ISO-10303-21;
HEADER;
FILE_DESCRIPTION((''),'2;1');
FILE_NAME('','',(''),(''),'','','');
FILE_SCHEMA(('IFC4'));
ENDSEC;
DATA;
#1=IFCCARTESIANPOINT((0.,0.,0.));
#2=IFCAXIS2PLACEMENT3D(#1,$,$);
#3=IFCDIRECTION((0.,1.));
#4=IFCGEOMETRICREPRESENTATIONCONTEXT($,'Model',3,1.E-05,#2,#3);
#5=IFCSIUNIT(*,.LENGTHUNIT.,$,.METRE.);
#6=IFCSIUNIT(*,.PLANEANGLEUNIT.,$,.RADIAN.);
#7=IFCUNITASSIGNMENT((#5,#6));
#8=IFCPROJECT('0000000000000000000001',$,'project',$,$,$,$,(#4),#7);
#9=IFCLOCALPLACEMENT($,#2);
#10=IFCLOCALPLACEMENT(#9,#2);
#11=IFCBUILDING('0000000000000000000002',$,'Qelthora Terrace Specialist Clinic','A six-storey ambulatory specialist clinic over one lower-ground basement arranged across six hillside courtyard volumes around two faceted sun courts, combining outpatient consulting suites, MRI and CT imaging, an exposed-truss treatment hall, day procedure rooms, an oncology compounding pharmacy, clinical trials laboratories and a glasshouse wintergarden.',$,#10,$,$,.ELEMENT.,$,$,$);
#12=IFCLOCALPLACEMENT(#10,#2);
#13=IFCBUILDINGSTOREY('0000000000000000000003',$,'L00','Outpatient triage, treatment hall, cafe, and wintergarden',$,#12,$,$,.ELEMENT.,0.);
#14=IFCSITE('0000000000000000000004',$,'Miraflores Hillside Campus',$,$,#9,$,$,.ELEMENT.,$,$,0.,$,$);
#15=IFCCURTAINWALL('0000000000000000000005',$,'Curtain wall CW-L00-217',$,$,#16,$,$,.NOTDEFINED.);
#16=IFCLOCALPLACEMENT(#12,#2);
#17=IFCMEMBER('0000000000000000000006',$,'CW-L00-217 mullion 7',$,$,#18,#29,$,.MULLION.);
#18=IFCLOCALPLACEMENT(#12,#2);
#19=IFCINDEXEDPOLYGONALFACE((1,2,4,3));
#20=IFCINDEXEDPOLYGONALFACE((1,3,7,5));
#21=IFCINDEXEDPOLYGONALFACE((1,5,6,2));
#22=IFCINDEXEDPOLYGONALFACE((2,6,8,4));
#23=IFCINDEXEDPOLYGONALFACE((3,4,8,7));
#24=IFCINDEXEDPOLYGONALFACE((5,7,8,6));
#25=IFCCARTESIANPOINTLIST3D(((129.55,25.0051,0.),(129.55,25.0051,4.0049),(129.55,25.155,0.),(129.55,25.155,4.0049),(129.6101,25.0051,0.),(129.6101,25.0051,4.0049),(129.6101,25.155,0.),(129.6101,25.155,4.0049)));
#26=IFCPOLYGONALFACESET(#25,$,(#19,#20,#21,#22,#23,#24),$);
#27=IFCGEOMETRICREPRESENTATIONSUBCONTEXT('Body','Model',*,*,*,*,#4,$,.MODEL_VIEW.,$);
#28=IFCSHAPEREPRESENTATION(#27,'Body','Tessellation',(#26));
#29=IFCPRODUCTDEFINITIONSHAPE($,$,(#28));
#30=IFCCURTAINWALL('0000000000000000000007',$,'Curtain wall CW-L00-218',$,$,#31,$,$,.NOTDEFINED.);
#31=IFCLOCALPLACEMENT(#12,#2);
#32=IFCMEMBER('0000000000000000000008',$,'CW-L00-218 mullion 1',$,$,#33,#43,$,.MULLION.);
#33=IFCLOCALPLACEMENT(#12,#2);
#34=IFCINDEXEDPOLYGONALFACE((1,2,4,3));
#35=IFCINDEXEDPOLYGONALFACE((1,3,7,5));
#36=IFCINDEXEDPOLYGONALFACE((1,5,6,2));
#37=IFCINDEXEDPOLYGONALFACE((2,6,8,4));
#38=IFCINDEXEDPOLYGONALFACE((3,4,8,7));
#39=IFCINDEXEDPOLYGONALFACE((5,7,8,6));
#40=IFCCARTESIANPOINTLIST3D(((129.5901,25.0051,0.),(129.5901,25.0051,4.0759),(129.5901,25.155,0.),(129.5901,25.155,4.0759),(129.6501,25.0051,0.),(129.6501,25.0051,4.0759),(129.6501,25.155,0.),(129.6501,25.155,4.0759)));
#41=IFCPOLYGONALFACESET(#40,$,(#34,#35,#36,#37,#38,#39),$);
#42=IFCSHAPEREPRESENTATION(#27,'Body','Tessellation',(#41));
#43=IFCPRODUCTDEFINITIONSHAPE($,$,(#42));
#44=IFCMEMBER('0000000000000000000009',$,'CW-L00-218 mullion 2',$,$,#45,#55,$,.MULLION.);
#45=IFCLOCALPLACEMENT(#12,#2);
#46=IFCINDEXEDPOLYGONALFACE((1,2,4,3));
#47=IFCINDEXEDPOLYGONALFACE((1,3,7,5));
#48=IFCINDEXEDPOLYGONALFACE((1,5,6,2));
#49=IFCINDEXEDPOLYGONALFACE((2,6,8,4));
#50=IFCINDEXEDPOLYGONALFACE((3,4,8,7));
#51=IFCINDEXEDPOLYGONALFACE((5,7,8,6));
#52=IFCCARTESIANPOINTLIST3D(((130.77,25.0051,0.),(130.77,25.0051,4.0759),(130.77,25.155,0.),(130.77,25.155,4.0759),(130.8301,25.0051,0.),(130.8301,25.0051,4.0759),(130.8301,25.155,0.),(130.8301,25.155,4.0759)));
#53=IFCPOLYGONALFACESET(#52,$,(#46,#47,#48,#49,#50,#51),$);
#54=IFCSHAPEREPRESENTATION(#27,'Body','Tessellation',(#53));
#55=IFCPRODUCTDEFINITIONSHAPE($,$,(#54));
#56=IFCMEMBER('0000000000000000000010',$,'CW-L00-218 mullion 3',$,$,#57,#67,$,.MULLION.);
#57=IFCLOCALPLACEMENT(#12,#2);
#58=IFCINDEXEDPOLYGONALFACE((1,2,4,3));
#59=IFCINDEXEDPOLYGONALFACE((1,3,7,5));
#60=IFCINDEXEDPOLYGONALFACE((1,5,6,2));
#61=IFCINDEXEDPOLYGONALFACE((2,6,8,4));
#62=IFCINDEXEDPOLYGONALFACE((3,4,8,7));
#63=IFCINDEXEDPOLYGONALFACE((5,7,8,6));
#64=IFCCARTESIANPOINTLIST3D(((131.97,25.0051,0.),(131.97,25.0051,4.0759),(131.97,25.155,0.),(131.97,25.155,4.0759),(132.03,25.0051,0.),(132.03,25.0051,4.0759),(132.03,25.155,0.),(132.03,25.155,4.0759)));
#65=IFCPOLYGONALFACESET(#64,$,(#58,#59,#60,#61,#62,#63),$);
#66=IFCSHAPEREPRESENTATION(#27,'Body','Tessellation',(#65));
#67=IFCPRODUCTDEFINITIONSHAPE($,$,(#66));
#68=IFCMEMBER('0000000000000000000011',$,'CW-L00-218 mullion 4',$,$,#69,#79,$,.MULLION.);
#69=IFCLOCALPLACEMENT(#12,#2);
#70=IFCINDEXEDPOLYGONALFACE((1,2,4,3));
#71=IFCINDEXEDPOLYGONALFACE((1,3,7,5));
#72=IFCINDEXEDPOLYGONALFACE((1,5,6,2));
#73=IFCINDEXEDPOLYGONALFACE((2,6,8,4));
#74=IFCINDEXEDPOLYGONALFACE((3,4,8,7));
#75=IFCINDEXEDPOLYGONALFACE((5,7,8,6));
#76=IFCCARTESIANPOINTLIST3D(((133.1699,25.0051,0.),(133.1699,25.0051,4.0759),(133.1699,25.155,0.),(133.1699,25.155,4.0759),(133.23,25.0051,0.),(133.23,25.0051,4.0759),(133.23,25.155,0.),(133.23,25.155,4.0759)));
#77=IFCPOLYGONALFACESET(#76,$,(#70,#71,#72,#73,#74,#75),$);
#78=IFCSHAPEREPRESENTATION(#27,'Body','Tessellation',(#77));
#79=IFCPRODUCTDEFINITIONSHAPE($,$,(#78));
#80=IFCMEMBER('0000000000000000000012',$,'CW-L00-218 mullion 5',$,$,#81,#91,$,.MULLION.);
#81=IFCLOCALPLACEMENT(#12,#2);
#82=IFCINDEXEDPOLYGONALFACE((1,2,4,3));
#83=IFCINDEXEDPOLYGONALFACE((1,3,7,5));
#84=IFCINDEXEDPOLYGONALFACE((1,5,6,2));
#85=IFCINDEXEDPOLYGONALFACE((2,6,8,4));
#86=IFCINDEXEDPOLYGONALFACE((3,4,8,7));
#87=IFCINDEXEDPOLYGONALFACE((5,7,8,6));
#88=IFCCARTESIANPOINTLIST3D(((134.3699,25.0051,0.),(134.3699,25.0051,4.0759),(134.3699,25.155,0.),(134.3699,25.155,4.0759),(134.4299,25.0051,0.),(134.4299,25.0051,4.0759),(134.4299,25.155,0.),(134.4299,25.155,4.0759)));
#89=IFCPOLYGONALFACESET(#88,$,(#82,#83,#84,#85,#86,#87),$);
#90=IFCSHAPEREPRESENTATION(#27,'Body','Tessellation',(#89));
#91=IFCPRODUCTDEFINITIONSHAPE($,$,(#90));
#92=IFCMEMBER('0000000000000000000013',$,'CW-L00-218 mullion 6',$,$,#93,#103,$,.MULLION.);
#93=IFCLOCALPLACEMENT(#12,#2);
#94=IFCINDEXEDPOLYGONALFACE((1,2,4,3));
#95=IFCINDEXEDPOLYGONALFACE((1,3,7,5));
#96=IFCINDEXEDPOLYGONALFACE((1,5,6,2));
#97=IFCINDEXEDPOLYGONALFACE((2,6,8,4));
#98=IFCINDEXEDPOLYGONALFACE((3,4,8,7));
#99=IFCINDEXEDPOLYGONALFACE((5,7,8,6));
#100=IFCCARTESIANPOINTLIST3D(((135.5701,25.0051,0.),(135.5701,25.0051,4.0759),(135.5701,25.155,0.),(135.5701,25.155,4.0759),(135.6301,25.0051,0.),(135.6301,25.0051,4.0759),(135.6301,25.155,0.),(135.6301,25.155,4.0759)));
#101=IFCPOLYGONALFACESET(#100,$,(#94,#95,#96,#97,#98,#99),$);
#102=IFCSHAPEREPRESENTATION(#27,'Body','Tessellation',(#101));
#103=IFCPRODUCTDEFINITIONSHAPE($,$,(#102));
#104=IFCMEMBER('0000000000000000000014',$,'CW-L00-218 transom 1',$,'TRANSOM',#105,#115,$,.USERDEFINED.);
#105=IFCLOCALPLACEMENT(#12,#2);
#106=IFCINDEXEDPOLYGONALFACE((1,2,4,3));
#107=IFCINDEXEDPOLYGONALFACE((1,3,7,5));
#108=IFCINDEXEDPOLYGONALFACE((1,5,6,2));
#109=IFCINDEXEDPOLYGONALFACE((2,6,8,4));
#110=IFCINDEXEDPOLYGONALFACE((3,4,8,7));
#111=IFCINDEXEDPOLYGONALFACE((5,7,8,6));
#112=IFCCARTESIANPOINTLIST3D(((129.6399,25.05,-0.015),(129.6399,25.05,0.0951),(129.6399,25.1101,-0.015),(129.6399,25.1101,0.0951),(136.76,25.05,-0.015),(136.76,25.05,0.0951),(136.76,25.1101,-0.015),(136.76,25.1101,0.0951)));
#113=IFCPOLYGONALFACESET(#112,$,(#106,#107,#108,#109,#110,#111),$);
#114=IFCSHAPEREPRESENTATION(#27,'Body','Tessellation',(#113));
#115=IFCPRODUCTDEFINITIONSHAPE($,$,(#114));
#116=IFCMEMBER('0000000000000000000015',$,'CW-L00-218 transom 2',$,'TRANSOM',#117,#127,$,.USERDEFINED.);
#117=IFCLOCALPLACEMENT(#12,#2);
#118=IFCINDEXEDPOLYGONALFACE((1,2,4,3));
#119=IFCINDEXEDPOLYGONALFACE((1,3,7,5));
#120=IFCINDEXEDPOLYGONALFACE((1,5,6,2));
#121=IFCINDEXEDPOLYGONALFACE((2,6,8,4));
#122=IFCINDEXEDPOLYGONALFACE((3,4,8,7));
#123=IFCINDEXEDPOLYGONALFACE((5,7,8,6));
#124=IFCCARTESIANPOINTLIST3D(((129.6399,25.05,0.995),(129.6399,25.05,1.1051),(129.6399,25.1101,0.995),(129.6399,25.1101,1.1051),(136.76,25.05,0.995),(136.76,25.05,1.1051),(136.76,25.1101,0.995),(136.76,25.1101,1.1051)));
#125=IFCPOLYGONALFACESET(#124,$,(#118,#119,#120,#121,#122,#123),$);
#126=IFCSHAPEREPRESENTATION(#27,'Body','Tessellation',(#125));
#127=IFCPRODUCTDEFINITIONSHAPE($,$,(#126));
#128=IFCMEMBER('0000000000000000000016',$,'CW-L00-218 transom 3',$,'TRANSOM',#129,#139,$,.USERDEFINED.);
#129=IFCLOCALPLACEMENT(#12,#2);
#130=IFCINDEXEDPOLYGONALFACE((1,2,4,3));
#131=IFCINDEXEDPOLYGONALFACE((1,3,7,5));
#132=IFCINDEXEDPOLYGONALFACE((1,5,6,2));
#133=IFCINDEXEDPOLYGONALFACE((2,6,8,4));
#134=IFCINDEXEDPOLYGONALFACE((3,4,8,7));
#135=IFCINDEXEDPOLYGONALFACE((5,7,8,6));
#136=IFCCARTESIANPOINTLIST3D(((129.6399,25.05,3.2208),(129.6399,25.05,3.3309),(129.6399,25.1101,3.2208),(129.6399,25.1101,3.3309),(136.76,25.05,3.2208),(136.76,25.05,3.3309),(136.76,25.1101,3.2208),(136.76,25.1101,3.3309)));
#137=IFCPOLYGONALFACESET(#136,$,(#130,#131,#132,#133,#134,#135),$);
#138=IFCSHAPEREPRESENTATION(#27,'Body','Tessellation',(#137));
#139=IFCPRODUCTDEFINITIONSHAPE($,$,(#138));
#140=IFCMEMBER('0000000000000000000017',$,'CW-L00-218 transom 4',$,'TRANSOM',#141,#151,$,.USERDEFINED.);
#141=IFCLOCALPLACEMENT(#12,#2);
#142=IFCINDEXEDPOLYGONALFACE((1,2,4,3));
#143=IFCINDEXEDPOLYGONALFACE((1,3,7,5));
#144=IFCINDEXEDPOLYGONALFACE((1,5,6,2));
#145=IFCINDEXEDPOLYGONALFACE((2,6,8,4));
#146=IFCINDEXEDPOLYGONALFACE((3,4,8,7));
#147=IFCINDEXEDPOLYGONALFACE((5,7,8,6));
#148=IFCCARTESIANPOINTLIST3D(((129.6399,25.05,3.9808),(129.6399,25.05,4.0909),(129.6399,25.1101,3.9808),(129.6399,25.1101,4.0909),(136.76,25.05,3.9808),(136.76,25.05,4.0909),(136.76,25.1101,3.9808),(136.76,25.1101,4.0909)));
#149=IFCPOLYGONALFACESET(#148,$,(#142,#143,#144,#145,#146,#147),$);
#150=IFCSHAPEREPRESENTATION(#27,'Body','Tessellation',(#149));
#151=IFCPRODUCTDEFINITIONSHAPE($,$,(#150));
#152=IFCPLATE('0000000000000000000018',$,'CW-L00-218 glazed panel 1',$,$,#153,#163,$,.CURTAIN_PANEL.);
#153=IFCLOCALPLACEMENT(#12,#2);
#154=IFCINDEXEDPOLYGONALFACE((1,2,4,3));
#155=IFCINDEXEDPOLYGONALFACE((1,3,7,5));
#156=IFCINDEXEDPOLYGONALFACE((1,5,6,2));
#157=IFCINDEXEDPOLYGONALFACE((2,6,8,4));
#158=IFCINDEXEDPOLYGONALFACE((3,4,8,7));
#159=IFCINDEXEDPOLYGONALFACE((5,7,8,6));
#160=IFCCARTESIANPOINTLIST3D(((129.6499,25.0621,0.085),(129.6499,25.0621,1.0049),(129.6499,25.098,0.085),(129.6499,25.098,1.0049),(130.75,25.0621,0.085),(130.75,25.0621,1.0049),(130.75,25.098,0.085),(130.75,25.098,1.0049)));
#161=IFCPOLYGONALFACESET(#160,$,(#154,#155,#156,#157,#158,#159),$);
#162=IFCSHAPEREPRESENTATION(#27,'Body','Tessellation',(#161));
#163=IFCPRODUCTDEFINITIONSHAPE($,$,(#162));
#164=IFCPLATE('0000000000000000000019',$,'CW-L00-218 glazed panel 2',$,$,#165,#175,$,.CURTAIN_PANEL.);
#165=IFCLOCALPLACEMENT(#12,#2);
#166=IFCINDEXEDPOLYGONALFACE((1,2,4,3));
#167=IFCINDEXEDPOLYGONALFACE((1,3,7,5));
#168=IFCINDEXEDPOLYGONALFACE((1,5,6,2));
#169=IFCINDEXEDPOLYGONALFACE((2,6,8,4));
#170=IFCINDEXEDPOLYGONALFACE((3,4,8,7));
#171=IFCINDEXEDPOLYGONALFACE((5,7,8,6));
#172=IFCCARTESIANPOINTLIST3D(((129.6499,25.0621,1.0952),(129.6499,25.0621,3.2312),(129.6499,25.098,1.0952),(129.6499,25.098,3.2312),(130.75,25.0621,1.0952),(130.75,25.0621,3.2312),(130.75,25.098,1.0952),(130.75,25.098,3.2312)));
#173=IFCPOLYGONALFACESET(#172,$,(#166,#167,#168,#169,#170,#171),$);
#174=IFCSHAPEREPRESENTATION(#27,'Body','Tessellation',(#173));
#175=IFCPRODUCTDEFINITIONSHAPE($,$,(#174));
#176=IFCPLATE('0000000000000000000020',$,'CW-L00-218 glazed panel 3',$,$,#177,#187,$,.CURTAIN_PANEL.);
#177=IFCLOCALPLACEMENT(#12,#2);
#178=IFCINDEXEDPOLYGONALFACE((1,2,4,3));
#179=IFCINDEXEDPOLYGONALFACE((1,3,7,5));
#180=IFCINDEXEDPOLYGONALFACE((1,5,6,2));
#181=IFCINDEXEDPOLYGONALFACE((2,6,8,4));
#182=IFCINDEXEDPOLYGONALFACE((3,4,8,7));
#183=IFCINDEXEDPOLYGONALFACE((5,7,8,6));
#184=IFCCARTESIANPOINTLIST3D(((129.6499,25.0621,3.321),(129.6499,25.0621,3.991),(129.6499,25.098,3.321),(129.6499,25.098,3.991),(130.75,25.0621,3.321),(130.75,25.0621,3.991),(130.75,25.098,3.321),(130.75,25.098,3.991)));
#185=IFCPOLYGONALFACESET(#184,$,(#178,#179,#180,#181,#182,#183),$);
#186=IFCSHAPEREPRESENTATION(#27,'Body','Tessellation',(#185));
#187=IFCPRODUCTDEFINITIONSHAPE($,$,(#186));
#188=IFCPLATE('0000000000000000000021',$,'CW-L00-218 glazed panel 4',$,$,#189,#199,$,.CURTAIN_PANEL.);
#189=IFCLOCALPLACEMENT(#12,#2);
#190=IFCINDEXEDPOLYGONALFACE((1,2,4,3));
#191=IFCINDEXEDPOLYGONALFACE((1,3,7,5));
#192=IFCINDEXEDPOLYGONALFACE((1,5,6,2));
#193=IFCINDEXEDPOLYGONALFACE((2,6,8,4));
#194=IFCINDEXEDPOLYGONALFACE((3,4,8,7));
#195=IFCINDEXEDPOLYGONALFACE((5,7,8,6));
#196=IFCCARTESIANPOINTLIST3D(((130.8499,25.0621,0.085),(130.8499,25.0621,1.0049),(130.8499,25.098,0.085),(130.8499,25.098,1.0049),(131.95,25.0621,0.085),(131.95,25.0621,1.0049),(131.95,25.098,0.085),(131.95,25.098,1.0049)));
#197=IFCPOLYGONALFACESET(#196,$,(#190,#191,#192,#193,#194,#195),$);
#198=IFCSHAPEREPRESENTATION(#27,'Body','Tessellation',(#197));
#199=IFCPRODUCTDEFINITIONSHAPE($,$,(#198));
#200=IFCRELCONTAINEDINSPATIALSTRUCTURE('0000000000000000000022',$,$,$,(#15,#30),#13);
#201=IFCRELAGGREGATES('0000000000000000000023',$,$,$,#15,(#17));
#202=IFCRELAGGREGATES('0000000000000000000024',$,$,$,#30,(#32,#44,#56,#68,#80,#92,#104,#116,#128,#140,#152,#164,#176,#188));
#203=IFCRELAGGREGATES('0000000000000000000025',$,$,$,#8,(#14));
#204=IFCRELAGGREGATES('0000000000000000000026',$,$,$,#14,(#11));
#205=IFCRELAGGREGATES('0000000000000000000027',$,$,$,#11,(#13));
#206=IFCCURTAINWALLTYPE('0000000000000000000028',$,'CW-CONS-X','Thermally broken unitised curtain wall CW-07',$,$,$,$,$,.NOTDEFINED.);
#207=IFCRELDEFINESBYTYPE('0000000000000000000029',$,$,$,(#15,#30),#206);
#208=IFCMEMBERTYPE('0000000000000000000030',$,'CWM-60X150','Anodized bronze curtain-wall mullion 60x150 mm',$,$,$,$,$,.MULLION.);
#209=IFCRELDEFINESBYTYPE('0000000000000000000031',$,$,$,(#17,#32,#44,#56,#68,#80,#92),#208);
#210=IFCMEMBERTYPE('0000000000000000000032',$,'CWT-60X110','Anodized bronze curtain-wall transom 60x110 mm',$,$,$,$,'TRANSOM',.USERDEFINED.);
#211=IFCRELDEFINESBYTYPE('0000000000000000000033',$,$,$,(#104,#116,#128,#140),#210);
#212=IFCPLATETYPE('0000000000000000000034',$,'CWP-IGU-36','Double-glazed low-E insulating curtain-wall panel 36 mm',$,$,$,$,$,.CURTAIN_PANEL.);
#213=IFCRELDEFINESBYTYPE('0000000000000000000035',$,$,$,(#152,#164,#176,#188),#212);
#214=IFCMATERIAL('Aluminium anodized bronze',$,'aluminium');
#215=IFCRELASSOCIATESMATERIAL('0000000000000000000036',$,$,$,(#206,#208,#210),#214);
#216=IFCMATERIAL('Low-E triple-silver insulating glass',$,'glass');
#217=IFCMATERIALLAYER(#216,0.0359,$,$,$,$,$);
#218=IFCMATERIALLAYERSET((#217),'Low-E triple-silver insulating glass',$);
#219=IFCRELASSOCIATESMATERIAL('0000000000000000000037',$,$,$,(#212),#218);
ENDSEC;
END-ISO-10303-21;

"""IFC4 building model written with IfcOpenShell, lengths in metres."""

from ifc_helpers import new_model, si_unit, direction, frame, origin, origin_2d, place, context, subcontext, project, spatial, rectangle, extrude, material, layer, layer_set, material_profile, profile_set, type_object, element, aggregate, save


model = new_model("IFC4")

# Units and contexts
model_context = context("Model", 3, precision=1e-05, world=origin(), true_north=direction((0.0, 1.0)))
body_context = subcontext(model_context, "Body", "Model", "MODEL_VIEW")
ifc_project = project(units=[si_unit("LENGTHUNIT", "METRE"), si_unit("PLANEANGLEUNIT", "RADIAN")], contexts=[model_context])

# Site, building, storey
site_placement = place(None, origin())
site = spatial("IfcSite", under=ifc_project, at=site_placement, Name="Miraflores Hillside Campus", CompositionType="ELEMENT", RefElevation=0.0)
building_placement = place(site_placement, origin())
building = spatial("IfcBuilding", under=site, at=building_placement, Name="Qelthora Terrace Specialist Clinic", Description="A six-storey ambulatory specialist clinic over one lower-ground basement arranged across six hillside courtyard volumes around two faceted sun courts, combining outpatient consulting suites, MRI and CT imaging, an exposed-truss treatment hall, day procedure rooms, an oncology compounding pharmacy, clinical trials laboratories and a glasshouse wintergarden.", CompositionType="ELEMENT")
storey_placement = place(building_placement, origin())
storey = spatial("IfcBuildingStorey", under=building, at=storey_placement, Name="L00", Description="Outpatient triage, treatment hall, cafe, and wintergarden", CompositionType="ELEMENT", Elevation=0.0)

# Curtain wall, member
ifc_material_1 = material(Name="Aluminium anodized bronze", Category="aluminium")
curtain_wall_type = type_object("IfcCurtainWallType", Name="CW-CONS-X", Description="Thermally broken unitised curtain wall CW-07", PredefinedType="NOTDEFINED", material=ifc_material_1)
curtain_wall_1_placement = place(storey_placement, origin())
curtain_wall_1 = element("IfcCurtainWall", 1, at=curtain_wall_1_placement, inside=storey, type_object=curtain_wall_type, Name="Curtain wall CW-L00-217", PredefinedType="NOTDEFINED")
ifc_material_profile_1 = material_profile(ifc_material_1, rectangle(XDim=0.0601, YDim=0.1499, at=origin_2d()), Name="CWM60X150")
ifc_profile_set_1 = profile_set([ifc_material_profile_1], Name="Aluminium anodized bronze")
member_type_1 = type_object("IfcMemberType", Name="CWM-60X150", Description="Anodized bronze curtain-wall mullion 60x150 mm", PredefinedType="MULLION", material=ifc_profile_set_1)
member_1_placement = place(storey_placement, frame((129.5801, 25.0801, 0.0), z_axis=(0.0, 0.0, 1.0), x_axis=(1.0, 0.0, 0.0)))
member_1 = element("IfcMember", 2, at=member_1_placement, type_object=member_type_1, Name="CW-L00-217 mullion 7", PredefinedType="MULLION", context=body_context, shape_type="SweptSolid", body=[
    extrude(rectangle(XDim=0.0601, YDim=0.1499, at=origin_2d()), origin(), (0.0, 0.0, 1.0), 4.0049),
])
aggregate(curtain_wall_1, [member_1])

# Curtain wall, members, plates
curtain_wall_2_placement = place(storey_placement, origin())
curtain_wall_2 = element("IfcCurtainWall", 3, at=curtain_wall_2_placement, inside=storey, type_object=curtain_wall_type, Name="Curtain wall CW-L00-218", PredefinedType="NOTDEFINED")
member_2_placement = place(storey_placement, frame((129.6201, 25.0801, 0.0), z_axis=(0.0, 0.0, 1.0), x_axis=(1.0, 0.0, 0.0)))
member_2 = element("IfcMember", 4, at=member_2_placement, type_object=member_type_1, Name="CW-L00-218 mullion 1", PredefinedType="MULLION", context=body_context, shape_type="SweptSolid", body=[
    extrude(rectangle(XDim=0.0601, YDim=0.1499, at=origin_2d()), origin(), (0.0, 0.0, 1.0), 4.0759),
])
member_3_placement = place(storey_placement, frame((130.8, 25.0801, 0.0), z_axis=(0.0, 0.0, 1.0), x_axis=(1.0, 0.0, 0.0)))
member_3 = element("IfcMember", 5, at=member_3_placement, type_object=member_type_1, Name="CW-L00-218 mullion 2", PredefinedType="MULLION", context=body_context, shape_type="SweptSolid", body=[
    extrude(rectangle(XDim=0.0601, YDim=0.1499, at=origin_2d()), origin(), (0.0, 0.0, 1.0), 4.0759),
])
member_4_placement = place(storey_placement, frame((132.0, 25.0801, 0.0), z_axis=(0.0, 0.0, 1.0), x_axis=(1.0, 0.0, 0.0)))
member_4 = element("IfcMember", 6, at=member_4_placement, type_object=member_type_1, Name="CW-L00-218 mullion 3", PredefinedType="MULLION", context=body_context, shape_type="SweptSolid", body=[
    extrude(rectangle(XDim=0.0601, YDim=0.1499, at=origin_2d()), origin(), (0.0, 0.0, 1.0), 4.0759),
])
member_5_placement = place(storey_placement, frame((133.2, 25.0801, 0.0), z_axis=(0.0, 0.0, 1.0), x_axis=(1.0, 0.0, 0.0)))
member_5 = element("IfcMember", 7, at=member_5_placement, type_object=member_type_1, Name="CW-L00-218 mullion 4", PredefinedType="MULLION", context=body_context, shape_type="SweptSolid", body=[
    extrude(rectangle(XDim=0.0601, YDim=0.1499, at=origin_2d()), origin(), (0.0, 0.0, 1.0), 4.0759),
])
member_6_placement = place(storey_placement, frame((134.3999, 25.0801, 0.0), z_axis=(0.0, 0.0, 1.0), x_axis=(1.0, 0.0, 0.0)))
member_6 = element("IfcMember", 8, at=member_6_placement, type_object=member_type_1, Name="CW-L00-218 mullion 5", PredefinedType="MULLION", context=body_context, shape_type="SweptSolid", body=[
    extrude(rectangle(XDim=0.0601, YDim=0.1499, at=origin_2d()), origin(), (0.0, 0.0, 1.0), 4.0759),
])
member_7_placement = place(storey_placement, frame((135.6001, 25.0801, 0.0), z_axis=(0.0, 0.0, 1.0), x_axis=(1.0, 0.0, 0.0)))
member_7 = element("IfcMember", 9, at=member_7_placement, type_object=member_type_1, Name="CW-L00-218 mullion 6", PredefinedType="MULLION", context=body_context, shape_type="SweptSolid", body=[
    extrude(rectangle(XDim=0.0601, YDim=0.1499, at=origin_2d()), origin(), (0.0, 0.0, 1.0), 4.0759),
])
ifc_material_profile_2 = material_profile(ifc_material_1, rectangle(XDim=0.0601, YDim=0.1101, at=origin_2d()), Name="CWT60X110")
ifc_profile_set_2 = profile_set([ifc_material_profile_2], Name="Aluminium anodized bronze")
member_type_2 = type_object("IfcMemberType", Name="CWT-60X110", Description="Anodized bronze curtain-wall transom 60x110 mm", ElementType="TRANSOM", PredefinedType="USERDEFINED", material=ifc_profile_set_2)
member_8_placement = place(storey_placement, frame((129.6399, 25.0801, 0.04), z_axis=(1.0, 0.0, 0.0), x_axis=(0.0, 1.0, 0.0)))
member_8 = element("IfcMember", 10, at=member_8_placement, type_object=member_type_2, Name="CW-L00-218 transom 1", ObjectType="TRANSOM", PredefinedType="USERDEFINED", context=body_context, shape_type="SweptSolid", body=[
    extrude(rectangle(XDim=0.0601, YDim=0.1101, at=origin_2d()), origin(), (0.0, 0.0, 1.0), 7.1201),
])
member_9_placement = place(storey_placement, frame((129.6399, 25.0801, 1.05), z_axis=(1.0, 0.0, 0.0), x_axis=(0.0, 1.0, 0.0)))
member_9 = element("IfcMember", 11, at=member_9_placement, type_object=member_type_2, Name="CW-L00-218 transom 2", ObjectType="TRANSOM", PredefinedType="USERDEFINED", context=body_context, shape_type="SweptSolid", body=[
    extrude(rectangle(XDim=0.0601, YDim=0.1101, at=origin_2d()), origin(), (0.0, 0.0, 1.0), 7.1201),
])
member_10_placement = place(storey_placement, frame((129.6399, 25.0801, 3.2759), z_axis=(1.0, 0.0, 0.0), x_axis=(0.0, 1.0, 0.0)))
member_10 = element("IfcMember", 12, at=member_10_placement, type_object=member_type_2, Name="CW-L00-218 transom 3", ObjectType="TRANSOM", PredefinedType="USERDEFINED", context=body_context, shape_type="SweptSolid", body=[
    extrude(rectangle(XDim=0.0601, YDim=0.1101, at=origin_2d()), origin(), (0.0, 0.0, 1.0), 7.1201),
])
member_11_placement = place(storey_placement, frame((129.6399, 25.0801, 4.0359), z_axis=(1.0, 0.0, 0.0), x_axis=(0.0, 1.0, 0.0)))
member_11 = element("IfcMember", 13, at=member_11_placement, type_object=member_type_2, Name="CW-L00-218 transom 4", ObjectType="TRANSOM", PredefinedType="USERDEFINED", context=body_context, shape_type="SweptSolid", body=[
    extrude(rectangle(XDim=0.0601, YDim=0.1101, at=origin_2d()), origin(), (0.0, 0.0, 1.0), 7.1201),
])
ifc_material_2 = material(Name="Low-E triple-silver insulating glass", Category="glass")
ifc_layer = layer(ifc_material_2, 0.0359)
ifc_layer_set = layer_set([ifc_layer], Name="Low-E triple-silver insulating glass")
plate_type = type_object("IfcPlateType", Name="CWP-IGU-36", Description="Double-glazed low-E insulating curtain-wall panel 36 mm", PredefinedType="CURTAIN_PANEL", material=ifc_layer_set)
plate_1_placement = place(storey_placement, frame((130.2, 25.0801, 0.085), z_axis=(0.0, 0.0, 1.0), x_axis=(1.0, 0.0, 0.0)))
plate_1 = element("IfcPlate", 14, at=plate_1_placement, type_object=plate_type, Name="CW-L00-218 glazed panel 1", PredefinedType="CURTAIN_PANEL", context=body_context, shape_type="SweptSolid", body=[
    extrude(rectangle(XDim=1.1001, YDim=0.0359, at=origin_2d()), origin(), (0.0, 0.0, 1.0), 0.9199),
])
plate_2_placement = place(storey_placement, frame((130.2, 25.0801, 1.0952), z_axis=(0.0, 0.0, 1.0), x_axis=(1.0, 0.0, 0.0)))
plate_2 = element("IfcPlate", 15, at=plate_2_placement, type_object=plate_type, Name="CW-L00-218 glazed panel 2", PredefinedType="CURTAIN_PANEL", context=body_context, shape_type="SweptSolid", body=[
    extrude(rectangle(XDim=1.1001, YDim=0.0359, at=origin_2d()), origin(), (0.0, 0.0, 1.0), 2.136),
])
plate_3_placement = place(storey_placement, frame((130.2, 25.0801, 3.321), z_axis=(0.0, 0.0, 1.0), x_axis=(1.0, 0.0, 0.0)))
plate_3 = element("IfcPlate", 16, at=plate_3_placement, type_object=plate_type, Name="CW-L00-218 glazed panel 3", PredefinedType="CURTAIN_PANEL", context=body_context, shape_type="SweptSolid", body=[
    extrude(rectangle(XDim=1.1001, YDim=0.0359, at=origin_2d()), origin(), (0.0, 0.0, 1.0), 0.6699),
])
plate_4_placement = place(storey_placement, frame((131.3999, 25.0801, 0.085), z_axis=(0.0, 0.0, 1.0), x_axis=(1.0, 0.0, 0.0)))
plate_4 = element("IfcPlate", 17, at=plate_4_placement, type_object=plate_type, Name="CW-L00-218 glazed panel 4", PredefinedType="CURTAIN_PANEL", context=body_context, shape_type="SweptSolid", body=[
    extrude(rectangle(XDim=1.1001, YDim=0.0359, at=origin_2d()), origin(), (0.0, 0.0, 1.0), 0.9199),
])
aggregate(curtain_wall_2, [member_2, member_3, member_4, member_5, member_6, member_7, member_8, member_9, member_10, member_11, plate_1, plate_2, plate_3, plate_4])

save(model, "model.ifc")
